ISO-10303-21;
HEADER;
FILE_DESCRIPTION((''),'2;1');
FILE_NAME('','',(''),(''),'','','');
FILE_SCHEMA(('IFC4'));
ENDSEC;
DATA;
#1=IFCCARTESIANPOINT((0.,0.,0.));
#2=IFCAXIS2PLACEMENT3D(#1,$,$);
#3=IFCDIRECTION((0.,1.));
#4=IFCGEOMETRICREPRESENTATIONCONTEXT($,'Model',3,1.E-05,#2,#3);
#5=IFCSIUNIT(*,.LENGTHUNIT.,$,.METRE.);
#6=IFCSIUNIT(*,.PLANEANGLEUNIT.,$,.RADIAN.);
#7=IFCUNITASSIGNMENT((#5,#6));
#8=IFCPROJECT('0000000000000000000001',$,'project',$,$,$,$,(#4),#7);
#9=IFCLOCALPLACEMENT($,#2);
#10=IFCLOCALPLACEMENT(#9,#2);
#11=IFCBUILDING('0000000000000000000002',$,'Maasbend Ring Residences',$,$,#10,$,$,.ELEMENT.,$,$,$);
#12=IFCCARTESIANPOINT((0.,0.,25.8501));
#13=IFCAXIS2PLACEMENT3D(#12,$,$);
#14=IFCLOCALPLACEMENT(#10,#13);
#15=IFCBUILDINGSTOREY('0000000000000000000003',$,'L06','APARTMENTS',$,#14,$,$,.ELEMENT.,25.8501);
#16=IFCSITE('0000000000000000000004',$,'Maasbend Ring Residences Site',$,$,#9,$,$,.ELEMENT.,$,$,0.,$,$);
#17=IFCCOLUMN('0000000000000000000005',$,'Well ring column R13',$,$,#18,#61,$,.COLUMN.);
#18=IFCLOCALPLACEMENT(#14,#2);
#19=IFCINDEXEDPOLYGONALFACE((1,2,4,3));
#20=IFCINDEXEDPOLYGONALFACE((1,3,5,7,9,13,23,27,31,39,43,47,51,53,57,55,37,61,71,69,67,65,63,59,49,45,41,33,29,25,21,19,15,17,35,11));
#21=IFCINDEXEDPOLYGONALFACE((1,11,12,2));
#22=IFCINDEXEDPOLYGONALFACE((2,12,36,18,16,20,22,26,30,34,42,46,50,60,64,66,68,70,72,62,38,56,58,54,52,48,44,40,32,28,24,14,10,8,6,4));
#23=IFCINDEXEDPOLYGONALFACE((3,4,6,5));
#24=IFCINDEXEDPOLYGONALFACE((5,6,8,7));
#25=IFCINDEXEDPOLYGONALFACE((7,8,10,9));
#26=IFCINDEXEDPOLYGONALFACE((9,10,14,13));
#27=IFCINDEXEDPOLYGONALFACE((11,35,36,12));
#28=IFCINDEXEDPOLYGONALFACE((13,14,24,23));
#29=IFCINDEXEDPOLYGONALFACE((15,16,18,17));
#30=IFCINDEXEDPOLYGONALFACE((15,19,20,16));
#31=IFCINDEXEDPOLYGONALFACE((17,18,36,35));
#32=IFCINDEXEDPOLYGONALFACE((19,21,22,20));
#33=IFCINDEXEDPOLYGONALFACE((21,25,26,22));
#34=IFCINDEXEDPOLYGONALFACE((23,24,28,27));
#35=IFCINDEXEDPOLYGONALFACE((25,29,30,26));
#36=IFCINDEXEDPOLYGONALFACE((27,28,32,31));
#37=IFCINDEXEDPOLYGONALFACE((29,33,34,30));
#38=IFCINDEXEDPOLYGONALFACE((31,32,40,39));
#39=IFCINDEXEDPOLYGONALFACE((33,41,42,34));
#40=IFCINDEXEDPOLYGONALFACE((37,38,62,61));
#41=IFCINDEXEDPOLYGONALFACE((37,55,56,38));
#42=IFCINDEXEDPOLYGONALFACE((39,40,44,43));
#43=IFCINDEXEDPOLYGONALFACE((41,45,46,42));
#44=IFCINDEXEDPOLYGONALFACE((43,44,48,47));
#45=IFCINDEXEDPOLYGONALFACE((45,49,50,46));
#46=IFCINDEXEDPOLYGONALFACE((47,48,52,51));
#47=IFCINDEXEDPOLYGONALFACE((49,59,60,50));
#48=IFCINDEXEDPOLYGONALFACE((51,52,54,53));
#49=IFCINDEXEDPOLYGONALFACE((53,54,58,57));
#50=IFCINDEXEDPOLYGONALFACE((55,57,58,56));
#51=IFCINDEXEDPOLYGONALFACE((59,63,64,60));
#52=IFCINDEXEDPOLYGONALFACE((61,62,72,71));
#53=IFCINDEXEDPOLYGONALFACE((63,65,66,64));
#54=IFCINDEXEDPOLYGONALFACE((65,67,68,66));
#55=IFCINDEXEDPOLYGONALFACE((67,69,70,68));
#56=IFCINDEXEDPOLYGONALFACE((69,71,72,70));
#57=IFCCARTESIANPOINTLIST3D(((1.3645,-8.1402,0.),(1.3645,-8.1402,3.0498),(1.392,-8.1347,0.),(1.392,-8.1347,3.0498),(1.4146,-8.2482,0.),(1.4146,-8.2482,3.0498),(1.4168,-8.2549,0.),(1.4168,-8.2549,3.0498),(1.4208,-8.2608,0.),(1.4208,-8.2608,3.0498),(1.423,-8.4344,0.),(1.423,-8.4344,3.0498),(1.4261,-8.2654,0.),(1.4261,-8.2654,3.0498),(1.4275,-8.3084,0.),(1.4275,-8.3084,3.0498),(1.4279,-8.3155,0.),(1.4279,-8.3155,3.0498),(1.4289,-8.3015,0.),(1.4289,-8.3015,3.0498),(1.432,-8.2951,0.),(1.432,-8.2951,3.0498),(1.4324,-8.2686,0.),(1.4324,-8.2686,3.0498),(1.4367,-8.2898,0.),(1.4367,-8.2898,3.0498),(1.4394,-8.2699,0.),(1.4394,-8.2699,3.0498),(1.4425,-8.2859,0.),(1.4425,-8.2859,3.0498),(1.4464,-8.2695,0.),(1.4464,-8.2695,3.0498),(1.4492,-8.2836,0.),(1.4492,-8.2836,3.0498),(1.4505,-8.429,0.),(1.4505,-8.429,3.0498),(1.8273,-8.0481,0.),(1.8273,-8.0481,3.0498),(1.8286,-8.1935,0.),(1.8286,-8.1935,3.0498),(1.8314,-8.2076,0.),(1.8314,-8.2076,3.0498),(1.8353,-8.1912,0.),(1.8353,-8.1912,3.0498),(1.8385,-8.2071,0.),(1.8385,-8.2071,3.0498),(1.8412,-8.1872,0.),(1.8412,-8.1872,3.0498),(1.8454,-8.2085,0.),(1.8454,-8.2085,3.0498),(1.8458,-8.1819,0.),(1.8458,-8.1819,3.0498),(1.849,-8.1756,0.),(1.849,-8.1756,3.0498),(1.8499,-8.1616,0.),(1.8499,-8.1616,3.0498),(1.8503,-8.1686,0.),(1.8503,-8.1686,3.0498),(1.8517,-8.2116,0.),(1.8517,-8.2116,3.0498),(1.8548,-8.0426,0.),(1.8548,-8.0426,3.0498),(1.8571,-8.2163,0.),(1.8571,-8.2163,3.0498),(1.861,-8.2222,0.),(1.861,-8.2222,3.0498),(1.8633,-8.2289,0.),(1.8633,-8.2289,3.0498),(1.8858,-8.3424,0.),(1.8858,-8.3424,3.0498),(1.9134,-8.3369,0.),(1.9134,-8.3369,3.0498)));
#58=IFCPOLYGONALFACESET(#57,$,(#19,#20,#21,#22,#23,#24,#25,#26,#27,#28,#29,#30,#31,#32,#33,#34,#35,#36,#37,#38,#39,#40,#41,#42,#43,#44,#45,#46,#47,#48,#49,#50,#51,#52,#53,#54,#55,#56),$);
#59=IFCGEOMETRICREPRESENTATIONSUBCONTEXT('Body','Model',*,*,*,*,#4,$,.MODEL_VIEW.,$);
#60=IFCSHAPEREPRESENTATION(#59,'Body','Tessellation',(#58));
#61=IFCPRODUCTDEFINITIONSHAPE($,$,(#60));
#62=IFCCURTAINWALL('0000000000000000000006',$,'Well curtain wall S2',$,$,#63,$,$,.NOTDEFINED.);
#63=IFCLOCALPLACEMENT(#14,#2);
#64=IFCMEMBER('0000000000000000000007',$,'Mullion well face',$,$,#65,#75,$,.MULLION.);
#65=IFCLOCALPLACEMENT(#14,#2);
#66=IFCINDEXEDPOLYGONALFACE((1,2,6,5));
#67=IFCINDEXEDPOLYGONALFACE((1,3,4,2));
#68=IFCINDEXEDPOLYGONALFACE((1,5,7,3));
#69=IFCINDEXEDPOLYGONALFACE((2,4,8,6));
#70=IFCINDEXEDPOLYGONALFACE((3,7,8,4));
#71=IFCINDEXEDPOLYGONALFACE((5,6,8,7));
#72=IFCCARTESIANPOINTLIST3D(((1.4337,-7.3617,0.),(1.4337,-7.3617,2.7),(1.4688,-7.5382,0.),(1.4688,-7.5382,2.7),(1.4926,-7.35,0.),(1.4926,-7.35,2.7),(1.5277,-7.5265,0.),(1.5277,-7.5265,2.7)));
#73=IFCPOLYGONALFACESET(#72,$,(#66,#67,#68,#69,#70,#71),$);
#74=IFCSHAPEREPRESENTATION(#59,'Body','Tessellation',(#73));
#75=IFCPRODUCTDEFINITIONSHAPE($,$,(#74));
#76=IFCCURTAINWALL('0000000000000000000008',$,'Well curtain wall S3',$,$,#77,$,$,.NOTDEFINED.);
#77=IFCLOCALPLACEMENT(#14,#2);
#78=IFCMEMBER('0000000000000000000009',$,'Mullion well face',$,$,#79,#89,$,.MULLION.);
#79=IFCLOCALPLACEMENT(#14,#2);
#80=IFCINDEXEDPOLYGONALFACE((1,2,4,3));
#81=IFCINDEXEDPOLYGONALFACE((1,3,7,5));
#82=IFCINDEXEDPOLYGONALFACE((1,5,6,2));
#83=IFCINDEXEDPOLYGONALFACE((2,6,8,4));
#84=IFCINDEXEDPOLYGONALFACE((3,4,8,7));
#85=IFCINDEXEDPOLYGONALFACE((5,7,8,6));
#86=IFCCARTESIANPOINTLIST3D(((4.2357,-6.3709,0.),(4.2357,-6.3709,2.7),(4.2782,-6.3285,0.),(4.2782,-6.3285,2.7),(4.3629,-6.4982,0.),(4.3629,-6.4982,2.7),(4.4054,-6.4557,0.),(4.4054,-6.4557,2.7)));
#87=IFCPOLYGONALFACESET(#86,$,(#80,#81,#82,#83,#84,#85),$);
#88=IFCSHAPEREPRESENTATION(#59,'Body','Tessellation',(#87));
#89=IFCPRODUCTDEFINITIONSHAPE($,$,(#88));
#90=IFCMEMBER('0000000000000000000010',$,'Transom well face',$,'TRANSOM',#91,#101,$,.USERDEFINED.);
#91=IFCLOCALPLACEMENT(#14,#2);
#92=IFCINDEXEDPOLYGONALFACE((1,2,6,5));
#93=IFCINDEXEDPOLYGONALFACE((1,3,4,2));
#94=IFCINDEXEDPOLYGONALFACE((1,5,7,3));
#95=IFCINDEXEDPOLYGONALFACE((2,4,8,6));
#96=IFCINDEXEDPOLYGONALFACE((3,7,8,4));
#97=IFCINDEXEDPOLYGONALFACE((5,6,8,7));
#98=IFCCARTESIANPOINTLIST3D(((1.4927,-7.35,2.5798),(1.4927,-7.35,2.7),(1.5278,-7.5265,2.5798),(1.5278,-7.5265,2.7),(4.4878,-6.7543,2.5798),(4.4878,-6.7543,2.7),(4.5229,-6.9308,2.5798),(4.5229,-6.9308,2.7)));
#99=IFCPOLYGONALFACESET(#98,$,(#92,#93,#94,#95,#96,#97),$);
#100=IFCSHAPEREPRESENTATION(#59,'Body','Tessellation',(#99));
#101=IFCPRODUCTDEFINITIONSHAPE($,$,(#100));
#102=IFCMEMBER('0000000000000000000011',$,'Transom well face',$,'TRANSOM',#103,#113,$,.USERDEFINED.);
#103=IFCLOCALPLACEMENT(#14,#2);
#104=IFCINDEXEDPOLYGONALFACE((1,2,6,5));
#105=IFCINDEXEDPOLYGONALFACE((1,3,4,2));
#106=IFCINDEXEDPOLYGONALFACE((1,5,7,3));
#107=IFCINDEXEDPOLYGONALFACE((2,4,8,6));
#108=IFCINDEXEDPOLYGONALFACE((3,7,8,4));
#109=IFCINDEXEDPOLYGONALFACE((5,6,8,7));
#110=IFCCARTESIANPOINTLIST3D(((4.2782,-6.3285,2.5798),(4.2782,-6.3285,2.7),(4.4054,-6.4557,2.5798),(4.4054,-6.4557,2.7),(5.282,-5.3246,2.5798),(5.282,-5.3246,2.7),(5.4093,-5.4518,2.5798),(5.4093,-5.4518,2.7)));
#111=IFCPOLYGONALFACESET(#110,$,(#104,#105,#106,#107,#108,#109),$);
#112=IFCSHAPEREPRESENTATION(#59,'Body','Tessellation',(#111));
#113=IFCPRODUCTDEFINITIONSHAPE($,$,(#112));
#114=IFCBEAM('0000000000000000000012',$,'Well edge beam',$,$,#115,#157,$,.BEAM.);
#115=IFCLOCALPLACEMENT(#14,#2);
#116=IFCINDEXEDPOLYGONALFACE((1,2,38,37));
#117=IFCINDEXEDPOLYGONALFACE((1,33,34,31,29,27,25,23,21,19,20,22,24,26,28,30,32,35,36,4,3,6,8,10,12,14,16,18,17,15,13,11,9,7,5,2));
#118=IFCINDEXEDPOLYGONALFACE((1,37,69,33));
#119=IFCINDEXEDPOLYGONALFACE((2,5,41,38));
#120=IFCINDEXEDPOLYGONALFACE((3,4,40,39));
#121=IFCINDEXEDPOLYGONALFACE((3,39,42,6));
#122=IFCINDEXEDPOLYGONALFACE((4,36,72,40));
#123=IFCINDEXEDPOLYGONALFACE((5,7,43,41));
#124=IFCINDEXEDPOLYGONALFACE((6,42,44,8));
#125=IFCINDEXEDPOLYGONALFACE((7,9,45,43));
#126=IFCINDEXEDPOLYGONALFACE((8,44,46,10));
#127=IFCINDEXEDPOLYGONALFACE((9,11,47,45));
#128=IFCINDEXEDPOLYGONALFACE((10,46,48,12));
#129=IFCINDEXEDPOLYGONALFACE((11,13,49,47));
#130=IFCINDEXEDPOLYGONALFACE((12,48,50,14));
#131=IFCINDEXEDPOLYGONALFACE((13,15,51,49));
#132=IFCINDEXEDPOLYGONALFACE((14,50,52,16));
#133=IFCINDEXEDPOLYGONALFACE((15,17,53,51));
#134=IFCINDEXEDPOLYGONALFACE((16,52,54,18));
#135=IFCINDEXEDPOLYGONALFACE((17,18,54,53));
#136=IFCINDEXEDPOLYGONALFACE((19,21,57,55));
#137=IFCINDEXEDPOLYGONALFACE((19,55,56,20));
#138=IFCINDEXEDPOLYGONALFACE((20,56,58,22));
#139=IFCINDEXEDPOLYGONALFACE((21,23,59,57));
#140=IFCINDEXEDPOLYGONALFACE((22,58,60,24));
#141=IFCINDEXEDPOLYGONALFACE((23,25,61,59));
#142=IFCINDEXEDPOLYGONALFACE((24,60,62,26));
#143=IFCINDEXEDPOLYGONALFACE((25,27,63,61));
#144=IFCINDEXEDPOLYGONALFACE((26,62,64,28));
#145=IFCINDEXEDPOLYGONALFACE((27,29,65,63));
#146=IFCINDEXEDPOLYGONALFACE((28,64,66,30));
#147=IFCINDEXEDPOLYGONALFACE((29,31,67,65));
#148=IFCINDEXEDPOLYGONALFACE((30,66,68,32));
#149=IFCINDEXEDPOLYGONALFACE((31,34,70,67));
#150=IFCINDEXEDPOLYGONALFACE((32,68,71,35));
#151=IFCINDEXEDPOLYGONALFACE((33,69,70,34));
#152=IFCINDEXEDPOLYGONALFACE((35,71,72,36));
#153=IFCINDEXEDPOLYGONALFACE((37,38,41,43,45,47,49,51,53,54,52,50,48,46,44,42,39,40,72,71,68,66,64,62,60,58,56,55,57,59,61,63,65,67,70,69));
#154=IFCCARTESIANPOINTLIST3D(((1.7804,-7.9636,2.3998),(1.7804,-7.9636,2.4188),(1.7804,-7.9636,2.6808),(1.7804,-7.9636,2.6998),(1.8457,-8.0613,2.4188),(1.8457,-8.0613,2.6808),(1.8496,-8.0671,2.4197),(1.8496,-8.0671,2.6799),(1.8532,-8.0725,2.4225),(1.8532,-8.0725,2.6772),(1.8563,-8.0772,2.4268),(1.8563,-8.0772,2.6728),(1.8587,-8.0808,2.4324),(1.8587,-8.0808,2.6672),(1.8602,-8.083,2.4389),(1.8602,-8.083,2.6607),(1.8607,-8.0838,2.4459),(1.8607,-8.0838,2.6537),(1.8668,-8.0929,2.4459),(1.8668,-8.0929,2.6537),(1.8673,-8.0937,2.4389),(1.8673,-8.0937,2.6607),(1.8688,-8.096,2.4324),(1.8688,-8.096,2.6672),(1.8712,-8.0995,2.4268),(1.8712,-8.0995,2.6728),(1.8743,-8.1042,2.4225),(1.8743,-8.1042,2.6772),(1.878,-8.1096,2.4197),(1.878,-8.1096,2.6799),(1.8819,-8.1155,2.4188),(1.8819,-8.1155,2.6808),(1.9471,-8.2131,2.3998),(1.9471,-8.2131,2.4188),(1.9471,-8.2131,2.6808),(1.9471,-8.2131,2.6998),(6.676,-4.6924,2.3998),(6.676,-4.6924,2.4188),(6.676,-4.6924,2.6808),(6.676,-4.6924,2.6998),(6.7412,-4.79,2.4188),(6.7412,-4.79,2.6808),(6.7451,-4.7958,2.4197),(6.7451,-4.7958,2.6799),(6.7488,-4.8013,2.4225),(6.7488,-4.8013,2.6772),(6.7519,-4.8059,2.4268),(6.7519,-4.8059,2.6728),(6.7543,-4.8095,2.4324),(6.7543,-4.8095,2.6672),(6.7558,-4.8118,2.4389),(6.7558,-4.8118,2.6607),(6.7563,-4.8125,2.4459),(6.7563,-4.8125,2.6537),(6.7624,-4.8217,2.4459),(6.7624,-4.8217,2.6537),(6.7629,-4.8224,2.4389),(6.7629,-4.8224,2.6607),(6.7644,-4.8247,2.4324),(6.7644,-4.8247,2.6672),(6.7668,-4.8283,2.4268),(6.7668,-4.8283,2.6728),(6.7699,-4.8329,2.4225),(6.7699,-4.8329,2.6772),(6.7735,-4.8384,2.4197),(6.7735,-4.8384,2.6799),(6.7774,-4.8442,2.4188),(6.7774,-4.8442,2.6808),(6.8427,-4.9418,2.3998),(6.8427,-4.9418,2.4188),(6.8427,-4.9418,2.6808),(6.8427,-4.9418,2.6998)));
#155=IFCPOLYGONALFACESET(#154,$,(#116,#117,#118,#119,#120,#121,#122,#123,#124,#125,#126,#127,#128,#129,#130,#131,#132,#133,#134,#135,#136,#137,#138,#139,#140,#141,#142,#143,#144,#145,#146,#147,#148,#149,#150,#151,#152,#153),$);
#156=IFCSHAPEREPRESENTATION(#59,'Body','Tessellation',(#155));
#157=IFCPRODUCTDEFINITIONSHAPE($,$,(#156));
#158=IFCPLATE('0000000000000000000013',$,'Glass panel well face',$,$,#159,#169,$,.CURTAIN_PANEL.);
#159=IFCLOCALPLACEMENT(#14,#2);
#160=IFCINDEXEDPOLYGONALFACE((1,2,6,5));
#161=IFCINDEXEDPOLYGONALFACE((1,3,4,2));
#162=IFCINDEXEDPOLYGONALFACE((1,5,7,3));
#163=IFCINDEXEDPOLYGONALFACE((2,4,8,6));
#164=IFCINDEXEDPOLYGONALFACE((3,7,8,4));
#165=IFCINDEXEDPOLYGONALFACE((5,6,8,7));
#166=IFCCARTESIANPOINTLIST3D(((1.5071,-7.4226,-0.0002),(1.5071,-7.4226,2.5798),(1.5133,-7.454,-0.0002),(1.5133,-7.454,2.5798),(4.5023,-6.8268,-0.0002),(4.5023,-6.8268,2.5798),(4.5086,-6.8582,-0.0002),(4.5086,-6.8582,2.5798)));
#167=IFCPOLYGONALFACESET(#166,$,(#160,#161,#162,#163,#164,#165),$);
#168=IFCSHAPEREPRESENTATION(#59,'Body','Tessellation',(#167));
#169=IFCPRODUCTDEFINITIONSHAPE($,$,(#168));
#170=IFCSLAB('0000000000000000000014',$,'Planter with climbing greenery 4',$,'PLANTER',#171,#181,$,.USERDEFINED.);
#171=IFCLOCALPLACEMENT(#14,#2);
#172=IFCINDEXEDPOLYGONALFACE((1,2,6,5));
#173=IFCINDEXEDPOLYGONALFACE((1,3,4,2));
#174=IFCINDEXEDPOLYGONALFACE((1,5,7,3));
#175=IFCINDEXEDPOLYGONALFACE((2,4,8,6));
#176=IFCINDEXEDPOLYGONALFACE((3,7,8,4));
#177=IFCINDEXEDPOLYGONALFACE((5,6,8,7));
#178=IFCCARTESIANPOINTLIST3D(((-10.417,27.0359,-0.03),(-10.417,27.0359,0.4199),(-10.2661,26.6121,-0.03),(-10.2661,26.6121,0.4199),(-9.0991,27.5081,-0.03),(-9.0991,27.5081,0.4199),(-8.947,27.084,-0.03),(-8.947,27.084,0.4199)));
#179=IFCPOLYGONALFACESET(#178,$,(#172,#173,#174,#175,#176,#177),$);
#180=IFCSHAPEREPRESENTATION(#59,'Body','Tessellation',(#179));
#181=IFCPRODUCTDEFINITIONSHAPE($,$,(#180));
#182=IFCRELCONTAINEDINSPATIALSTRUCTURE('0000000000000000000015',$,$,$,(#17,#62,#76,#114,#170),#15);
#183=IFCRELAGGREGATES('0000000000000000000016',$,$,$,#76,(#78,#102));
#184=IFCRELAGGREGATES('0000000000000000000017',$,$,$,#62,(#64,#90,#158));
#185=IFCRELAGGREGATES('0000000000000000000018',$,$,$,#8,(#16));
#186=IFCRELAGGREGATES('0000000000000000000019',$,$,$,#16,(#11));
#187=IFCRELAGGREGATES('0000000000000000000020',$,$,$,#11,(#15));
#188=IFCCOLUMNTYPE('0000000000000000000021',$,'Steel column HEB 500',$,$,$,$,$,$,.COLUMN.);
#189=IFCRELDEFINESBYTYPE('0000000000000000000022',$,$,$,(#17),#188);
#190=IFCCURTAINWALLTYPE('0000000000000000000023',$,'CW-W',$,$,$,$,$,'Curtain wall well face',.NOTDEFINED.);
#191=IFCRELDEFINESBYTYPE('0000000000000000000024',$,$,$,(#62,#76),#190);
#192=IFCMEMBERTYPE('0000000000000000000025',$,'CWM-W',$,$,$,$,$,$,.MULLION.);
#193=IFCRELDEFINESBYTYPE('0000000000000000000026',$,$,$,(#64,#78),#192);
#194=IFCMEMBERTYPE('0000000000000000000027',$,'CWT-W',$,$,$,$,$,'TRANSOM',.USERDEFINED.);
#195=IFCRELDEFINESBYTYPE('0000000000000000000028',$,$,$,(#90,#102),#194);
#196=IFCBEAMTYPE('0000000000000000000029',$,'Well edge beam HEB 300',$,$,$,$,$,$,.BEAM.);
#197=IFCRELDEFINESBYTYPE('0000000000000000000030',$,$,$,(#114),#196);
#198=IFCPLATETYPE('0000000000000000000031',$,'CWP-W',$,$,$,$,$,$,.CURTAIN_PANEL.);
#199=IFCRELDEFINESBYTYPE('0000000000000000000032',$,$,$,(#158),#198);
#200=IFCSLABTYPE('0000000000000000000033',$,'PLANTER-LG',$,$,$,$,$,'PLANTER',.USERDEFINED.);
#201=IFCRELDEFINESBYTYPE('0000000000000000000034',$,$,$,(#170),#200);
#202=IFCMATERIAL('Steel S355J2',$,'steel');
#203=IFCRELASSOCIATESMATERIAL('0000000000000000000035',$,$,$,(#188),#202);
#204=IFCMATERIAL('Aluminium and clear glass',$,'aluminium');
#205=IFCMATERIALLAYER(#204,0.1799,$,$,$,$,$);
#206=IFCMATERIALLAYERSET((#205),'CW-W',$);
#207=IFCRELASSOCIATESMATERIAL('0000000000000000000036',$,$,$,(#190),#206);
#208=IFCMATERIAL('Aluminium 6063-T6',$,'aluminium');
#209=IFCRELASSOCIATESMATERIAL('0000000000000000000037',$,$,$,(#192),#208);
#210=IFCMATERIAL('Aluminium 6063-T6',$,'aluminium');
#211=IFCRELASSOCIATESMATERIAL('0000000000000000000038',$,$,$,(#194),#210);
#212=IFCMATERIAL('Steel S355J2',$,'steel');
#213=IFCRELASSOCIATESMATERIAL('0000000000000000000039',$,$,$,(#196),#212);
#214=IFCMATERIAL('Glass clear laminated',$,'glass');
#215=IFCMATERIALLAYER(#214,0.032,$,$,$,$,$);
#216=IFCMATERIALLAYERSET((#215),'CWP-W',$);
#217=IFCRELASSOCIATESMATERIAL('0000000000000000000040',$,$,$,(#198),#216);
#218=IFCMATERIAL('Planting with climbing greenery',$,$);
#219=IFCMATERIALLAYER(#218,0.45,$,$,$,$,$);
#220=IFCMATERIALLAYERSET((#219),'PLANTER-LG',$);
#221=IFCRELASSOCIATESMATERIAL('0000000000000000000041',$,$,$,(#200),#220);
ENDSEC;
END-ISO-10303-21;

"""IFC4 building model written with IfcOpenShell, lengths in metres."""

from ifc_helpers import new_model, si_unit, direction, frame, origin, origin_2d, place, context, subcontext, project, spatial, polyline, rectangle, i_section, outline, extrude, material, layer, layer_set, material_profile, profile_set, type_object, element, aggregate, save


model = new_model("IFC4")

# Units and contexts
model_context = context("Model", 3, precision=1e-05, world=origin(), true_north=direction((0.0, 1.0)))
body_context = subcontext(model_context, "Body", "Model", "MODEL_VIEW")
ifc_project = project(units=[si_unit("LENGTHUNIT", "METRE"), si_unit("PLANEANGLEUNIT", "RADIAN")], contexts=[model_context])

# Site, building, storey
site_placement = place(None, origin())
site = spatial("IfcSite", under=ifc_project, at=site_placement, Name="Maasbend Ring Residences Site", CompositionType="ELEMENT", RefElevation=0.0)
building_placement = place(site_placement, origin())
building = spatial("IfcBuilding", under=site, at=building_placement, Name="Maasbend Ring Residences", CompositionType="ELEMENT")
storey_placement = place(building_placement, frame((0.0, 0.0, 25.8501)))
storey = spatial("IfcBuildingStorey", under=building, at=storey_placement, Name="L06", Description="APARTMENTS", CompositionType="ELEMENT", Elevation=25.8501)

# Column
ifc_material_1 = material(Name="Steel S355J2", Category="steel")
ifc_material_profile_1 = material_profile(ifc_material_1, i_section(OverallWidth=0.3, OverallDepth=0.5, WebThickness=0.0144, FlangeThickness=0.0281, FilletRadius=0.0271, at=origin_2d()), Name="HEB 500")
ifc_profile_set_1 = profile_set([ifc_material_profile_1], Name="Steel S355J2")
column_type = type_object("IfcColumnType", Name="Steel column HEB 500", PredefinedType="COLUMN", material=ifc_profile_set_1)
column_placement = place(storey_placement, frame((1.6389, -8.2385, 0.0), z_axis=(0.0, 0.0, 1.0), x_axis=(0.19509, -0.980785, 0.0)))
element("IfcColumn", 1, at=column_placement, inside=storey, type_object=column_type, Name="Well ring column R13", PredefinedType="COLUMN", context=body_context, shape_type="SweptSolid", body=[
    extrude(i_section(OverallWidth=0.3, OverallDepth=0.5, WebThickness=0.0144, FlangeThickness=0.0281, FilletRadius=0.0271, at=origin_2d()), origin(), (0.0, 0.0, 1.0), 3.0498),
])

# Curtain walls, members
ifc_material_2 = material(Name="Aluminium and clear glass", Category="aluminium")
ifc_layer_1 = layer(ifc_material_2, 0.1799)
ifc_layer_set_1 = layer_set([ifc_layer_1], Name="CW-W")
curtain_wall_type = type_object("IfcCurtainWallType", Name="CW-W", ElementType="Curtain wall well face", PredefinedType="NOTDEFINED", material=ifc_layer_set_1)
curtain_wall_1_placement = place(storey_placement, origin())
curtain_wall_1 = element("IfcCurtainWall", 2, at=curtain_wall_1_placement, inside=storey, type_object=curtain_wall_type, Name="Well curtain wall S2", PredefinedType="NOTDEFINED")
ifc_material_3 = material(Name="Aluminium 6063-T6", Category="aluminium")
ifc_material_profile_2 = material_profile(ifc_material_3, rectangle(XDim=0.1799, YDim=0.0601, at=origin_2d()), Name="AL 180x60")
ifc_profile_set_2 = profile_set([ifc_material_profile_2], Name="Aluminium 6063-T6")
member_type_1 = type_object("IfcMemberType", Name="CWM-W", PredefinedType="MULLION", material=ifc_profile_set_2)
member_1_placement = place(storey_placement, frame((1.4807, -7.4441, 0.0), z_axis=(0.0, 0.0, 1.0), x_axis=(-0.19509, 0.980785, 0.0)))
member_1 = element("IfcMember", 3, at=member_1_placement, type_object=member_type_1, Name="Mullion well face", PredefinedType="MULLION", context=body_context, shape_type="SweptSolid", body=[
    extrude(rectangle(XDim=0.1799, YDim=0.0601, at=origin_2d()), origin(), (0.0, 0.0, 1.0), 2.7),
])
curtain_wall_2_placement = place(storey_placement, origin())
curtain_wall_2 = element("IfcCurtainWall", 4, at=curtain_wall_2_placement, inside=storey, type_object=curtain_wall_type, Name="Well curtain wall S3", PredefinedType="NOTDEFINED")
member_2_placement = place(storey_placement, frame((4.3206, -6.4133, 0.0), z_axis=(0.0, 0.0, 1.0), x_axis=(-0.707107, 0.707107, 0.0)))
member_2 = element("IfcMember", 5, at=member_2_placement, type_object=member_type_1, Name="Mullion well face", PredefinedType="MULLION", context=body_context, shape_type="SweptSolid", body=[
    extrude(rectangle(XDim=0.1799, YDim=0.0601, at=origin_2d()), origin(), (0.0, 0.0, 1.0), 2.7),
])

# Members
ifc_material_4 = material(Name="Aluminium 6063-T6", Category="aluminium")
ifc_material_profile_3 = material_profile(ifc_material_4, rectangle(XDim=0.1799, YDim=0.1201, at=origin_2d()), Name="AL 180x120")
ifc_profile_set_3 = profile_set([ifc_material_profile_3], Name="Aluminium 6063-T6")
member_type_2 = type_object("IfcMemberType", Name="CWT-W", ElementType="TRANSOM", PredefinedType="USERDEFINED", material=ifc_profile_set_3)
member_3_placement = place(storey_placement, frame((1.5103, -7.4382, 2.6399), z_axis=(0.980789, 0.195071, 0.0), x_axis=(-0.195071, 0.980789, 0.0)))
member_3 = element("IfcMember", 6, at=member_3_placement, type_object=member_type_2, Name="Transom well face", ObjectType="TRANSOM", PredefinedType="USERDEFINED", context=body_context, shape_type="SweptSolid", body=[
    extrude(rectangle(XDim=0.1799, YDim=0.1201, at=origin_2d()), origin(), (0.0, 0.0, 1.0), 3.0537),
])
member_4_placement = place(storey_placement, frame((4.3418, -6.3921, 2.6399), z_axis=(0.707107, 0.707107, 0.0), x_axis=(-0.707107, 0.707107, 0.0)))
member_4 = element("IfcMember", 7, at=member_4_placement, type_object=member_type_2, Name="Transom well face", ObjectType="TRANSOM", PredefinedType="USERDEFINED", context=body_context, shape_type="SweptSolid", body=[
    extrude(rectangle(XDim=0.1799, YDim=0.1201, at=origin_2d()), origin(), (0.0, 0.0, 1.0), 1.4197),
])
aggregate(curtain_wall_2, [member_2, member_4])

# Beam
ifc_material_5 = material(Name="Steel S355J2", Category="steel")
ifc_material_profile_4 = material_profile(ifc_material_5, i_section(OverallWidth=0.3, OverallDepth=0.3, WebThickness=0.011, FlangeThickness=0.019, FilletRadius=0.0271, at=origin_2d()), Name="HEB 300")
ifc_profile_set_4 = profile_set([ifc_material_profile_4], Name="Steel S355J2")
beam_type = type_object("IfcBeamType", Name="Well edge beam HEB 300", PredefinedType="BEAM", material=ifc_profile_set_4)
beam_placement = place(storey_placement, frame((1.8638, -8.0884, 2.5498), z_axis=(0.831457, 0.55559, 0.0), x_axis=(-0.55559, 0.831457, 0.0)))
element("IfcBeam", 8, at=beam_placement, inside=storey, type_object=beam_type, Name="Well edge beam", PredefinedType="BEAM", context=body_context, shape_type="SweptSolid", body=[
    extrude(i_section(OverallWidth=0.3, OverallDepth=0.3, WebThickness=0.011, FlangeThickness=0.019, FilletRadius=0.0271, at=origin_2d()), origin(), (0.0, 0.0, 1.0), 5.8879),
])

# Plate
ifc_material_6 = material(Name="Glass clear laminated", Category="glass")
ifc_layer_2 = layer(ifc_material_6, 0.032)
ifc_layer_set_2 = layer_set([ifc_layer_2], Name="CWP-W")
plate_type = type_object("IfcPlateType", Name="CWP-W", PredefinedType="CURTAIN_PANEL", material=ifc_layer_set_2)
plate_placement = place(storey_placement, frame((3.0078, -7.1404, -0.0002), z_axis=(0.0, 0.0, 1.0), x_axis=(0.980785, 0.19509, 0.0)))
plate = element("IfcPlate", 9, at=plate_placement, type_object=plate_type, Name="Glass panel well face", PredefinedType="CURTAIN_PANEL", context=body_context, shape_type="SweptSolid", body=[
    extrude(rectangle(XDim=3.054, YDim=0.032, at=origin_2d()), origin(), (0.0, 0.0, 1.0), 2.5801),
])
aggregate(curtain_wall_1, [member_1, member_3, plate])

# Slab
ifc_material_7 = material(Name="Planting with climbing greenery")
ifc_layer_3 = layer(ifc_material_7, 0.45)
ifc_layer_set_3 = layer_set([ifc_layer_3], Name="PLANTER-LG")
slab_type_1 = type_object("IfcSlabType", Name="PLANTER-LG", ElementType="PLANTER", PredefinedType="USERDEFINED", material=ifc_layer_set_3)
slab_1_placement = place(storey_placement, frame((0.0, 0.0, -0.03)))
element("IfcSlab", 10, at=slab_1_placement, inside=storey, type_object=slab_type_1, Name="Planter with climbing greenery 4", ObjectType="PLANTER", PredefinedType="USERDEFINED", context=body_context, shape_type="SweptSolid", body=[
    extrude(outline(polyline([(-9.0991, 27.5081), (-10.417, 27.0359), (-10.2661, 26.6121), (-8.947, 27.084), (-9.0991, 27.5081)])), origin(), (0.0, 0.0, 1.0), 0.45),
])

save(model, "model.ifc")
